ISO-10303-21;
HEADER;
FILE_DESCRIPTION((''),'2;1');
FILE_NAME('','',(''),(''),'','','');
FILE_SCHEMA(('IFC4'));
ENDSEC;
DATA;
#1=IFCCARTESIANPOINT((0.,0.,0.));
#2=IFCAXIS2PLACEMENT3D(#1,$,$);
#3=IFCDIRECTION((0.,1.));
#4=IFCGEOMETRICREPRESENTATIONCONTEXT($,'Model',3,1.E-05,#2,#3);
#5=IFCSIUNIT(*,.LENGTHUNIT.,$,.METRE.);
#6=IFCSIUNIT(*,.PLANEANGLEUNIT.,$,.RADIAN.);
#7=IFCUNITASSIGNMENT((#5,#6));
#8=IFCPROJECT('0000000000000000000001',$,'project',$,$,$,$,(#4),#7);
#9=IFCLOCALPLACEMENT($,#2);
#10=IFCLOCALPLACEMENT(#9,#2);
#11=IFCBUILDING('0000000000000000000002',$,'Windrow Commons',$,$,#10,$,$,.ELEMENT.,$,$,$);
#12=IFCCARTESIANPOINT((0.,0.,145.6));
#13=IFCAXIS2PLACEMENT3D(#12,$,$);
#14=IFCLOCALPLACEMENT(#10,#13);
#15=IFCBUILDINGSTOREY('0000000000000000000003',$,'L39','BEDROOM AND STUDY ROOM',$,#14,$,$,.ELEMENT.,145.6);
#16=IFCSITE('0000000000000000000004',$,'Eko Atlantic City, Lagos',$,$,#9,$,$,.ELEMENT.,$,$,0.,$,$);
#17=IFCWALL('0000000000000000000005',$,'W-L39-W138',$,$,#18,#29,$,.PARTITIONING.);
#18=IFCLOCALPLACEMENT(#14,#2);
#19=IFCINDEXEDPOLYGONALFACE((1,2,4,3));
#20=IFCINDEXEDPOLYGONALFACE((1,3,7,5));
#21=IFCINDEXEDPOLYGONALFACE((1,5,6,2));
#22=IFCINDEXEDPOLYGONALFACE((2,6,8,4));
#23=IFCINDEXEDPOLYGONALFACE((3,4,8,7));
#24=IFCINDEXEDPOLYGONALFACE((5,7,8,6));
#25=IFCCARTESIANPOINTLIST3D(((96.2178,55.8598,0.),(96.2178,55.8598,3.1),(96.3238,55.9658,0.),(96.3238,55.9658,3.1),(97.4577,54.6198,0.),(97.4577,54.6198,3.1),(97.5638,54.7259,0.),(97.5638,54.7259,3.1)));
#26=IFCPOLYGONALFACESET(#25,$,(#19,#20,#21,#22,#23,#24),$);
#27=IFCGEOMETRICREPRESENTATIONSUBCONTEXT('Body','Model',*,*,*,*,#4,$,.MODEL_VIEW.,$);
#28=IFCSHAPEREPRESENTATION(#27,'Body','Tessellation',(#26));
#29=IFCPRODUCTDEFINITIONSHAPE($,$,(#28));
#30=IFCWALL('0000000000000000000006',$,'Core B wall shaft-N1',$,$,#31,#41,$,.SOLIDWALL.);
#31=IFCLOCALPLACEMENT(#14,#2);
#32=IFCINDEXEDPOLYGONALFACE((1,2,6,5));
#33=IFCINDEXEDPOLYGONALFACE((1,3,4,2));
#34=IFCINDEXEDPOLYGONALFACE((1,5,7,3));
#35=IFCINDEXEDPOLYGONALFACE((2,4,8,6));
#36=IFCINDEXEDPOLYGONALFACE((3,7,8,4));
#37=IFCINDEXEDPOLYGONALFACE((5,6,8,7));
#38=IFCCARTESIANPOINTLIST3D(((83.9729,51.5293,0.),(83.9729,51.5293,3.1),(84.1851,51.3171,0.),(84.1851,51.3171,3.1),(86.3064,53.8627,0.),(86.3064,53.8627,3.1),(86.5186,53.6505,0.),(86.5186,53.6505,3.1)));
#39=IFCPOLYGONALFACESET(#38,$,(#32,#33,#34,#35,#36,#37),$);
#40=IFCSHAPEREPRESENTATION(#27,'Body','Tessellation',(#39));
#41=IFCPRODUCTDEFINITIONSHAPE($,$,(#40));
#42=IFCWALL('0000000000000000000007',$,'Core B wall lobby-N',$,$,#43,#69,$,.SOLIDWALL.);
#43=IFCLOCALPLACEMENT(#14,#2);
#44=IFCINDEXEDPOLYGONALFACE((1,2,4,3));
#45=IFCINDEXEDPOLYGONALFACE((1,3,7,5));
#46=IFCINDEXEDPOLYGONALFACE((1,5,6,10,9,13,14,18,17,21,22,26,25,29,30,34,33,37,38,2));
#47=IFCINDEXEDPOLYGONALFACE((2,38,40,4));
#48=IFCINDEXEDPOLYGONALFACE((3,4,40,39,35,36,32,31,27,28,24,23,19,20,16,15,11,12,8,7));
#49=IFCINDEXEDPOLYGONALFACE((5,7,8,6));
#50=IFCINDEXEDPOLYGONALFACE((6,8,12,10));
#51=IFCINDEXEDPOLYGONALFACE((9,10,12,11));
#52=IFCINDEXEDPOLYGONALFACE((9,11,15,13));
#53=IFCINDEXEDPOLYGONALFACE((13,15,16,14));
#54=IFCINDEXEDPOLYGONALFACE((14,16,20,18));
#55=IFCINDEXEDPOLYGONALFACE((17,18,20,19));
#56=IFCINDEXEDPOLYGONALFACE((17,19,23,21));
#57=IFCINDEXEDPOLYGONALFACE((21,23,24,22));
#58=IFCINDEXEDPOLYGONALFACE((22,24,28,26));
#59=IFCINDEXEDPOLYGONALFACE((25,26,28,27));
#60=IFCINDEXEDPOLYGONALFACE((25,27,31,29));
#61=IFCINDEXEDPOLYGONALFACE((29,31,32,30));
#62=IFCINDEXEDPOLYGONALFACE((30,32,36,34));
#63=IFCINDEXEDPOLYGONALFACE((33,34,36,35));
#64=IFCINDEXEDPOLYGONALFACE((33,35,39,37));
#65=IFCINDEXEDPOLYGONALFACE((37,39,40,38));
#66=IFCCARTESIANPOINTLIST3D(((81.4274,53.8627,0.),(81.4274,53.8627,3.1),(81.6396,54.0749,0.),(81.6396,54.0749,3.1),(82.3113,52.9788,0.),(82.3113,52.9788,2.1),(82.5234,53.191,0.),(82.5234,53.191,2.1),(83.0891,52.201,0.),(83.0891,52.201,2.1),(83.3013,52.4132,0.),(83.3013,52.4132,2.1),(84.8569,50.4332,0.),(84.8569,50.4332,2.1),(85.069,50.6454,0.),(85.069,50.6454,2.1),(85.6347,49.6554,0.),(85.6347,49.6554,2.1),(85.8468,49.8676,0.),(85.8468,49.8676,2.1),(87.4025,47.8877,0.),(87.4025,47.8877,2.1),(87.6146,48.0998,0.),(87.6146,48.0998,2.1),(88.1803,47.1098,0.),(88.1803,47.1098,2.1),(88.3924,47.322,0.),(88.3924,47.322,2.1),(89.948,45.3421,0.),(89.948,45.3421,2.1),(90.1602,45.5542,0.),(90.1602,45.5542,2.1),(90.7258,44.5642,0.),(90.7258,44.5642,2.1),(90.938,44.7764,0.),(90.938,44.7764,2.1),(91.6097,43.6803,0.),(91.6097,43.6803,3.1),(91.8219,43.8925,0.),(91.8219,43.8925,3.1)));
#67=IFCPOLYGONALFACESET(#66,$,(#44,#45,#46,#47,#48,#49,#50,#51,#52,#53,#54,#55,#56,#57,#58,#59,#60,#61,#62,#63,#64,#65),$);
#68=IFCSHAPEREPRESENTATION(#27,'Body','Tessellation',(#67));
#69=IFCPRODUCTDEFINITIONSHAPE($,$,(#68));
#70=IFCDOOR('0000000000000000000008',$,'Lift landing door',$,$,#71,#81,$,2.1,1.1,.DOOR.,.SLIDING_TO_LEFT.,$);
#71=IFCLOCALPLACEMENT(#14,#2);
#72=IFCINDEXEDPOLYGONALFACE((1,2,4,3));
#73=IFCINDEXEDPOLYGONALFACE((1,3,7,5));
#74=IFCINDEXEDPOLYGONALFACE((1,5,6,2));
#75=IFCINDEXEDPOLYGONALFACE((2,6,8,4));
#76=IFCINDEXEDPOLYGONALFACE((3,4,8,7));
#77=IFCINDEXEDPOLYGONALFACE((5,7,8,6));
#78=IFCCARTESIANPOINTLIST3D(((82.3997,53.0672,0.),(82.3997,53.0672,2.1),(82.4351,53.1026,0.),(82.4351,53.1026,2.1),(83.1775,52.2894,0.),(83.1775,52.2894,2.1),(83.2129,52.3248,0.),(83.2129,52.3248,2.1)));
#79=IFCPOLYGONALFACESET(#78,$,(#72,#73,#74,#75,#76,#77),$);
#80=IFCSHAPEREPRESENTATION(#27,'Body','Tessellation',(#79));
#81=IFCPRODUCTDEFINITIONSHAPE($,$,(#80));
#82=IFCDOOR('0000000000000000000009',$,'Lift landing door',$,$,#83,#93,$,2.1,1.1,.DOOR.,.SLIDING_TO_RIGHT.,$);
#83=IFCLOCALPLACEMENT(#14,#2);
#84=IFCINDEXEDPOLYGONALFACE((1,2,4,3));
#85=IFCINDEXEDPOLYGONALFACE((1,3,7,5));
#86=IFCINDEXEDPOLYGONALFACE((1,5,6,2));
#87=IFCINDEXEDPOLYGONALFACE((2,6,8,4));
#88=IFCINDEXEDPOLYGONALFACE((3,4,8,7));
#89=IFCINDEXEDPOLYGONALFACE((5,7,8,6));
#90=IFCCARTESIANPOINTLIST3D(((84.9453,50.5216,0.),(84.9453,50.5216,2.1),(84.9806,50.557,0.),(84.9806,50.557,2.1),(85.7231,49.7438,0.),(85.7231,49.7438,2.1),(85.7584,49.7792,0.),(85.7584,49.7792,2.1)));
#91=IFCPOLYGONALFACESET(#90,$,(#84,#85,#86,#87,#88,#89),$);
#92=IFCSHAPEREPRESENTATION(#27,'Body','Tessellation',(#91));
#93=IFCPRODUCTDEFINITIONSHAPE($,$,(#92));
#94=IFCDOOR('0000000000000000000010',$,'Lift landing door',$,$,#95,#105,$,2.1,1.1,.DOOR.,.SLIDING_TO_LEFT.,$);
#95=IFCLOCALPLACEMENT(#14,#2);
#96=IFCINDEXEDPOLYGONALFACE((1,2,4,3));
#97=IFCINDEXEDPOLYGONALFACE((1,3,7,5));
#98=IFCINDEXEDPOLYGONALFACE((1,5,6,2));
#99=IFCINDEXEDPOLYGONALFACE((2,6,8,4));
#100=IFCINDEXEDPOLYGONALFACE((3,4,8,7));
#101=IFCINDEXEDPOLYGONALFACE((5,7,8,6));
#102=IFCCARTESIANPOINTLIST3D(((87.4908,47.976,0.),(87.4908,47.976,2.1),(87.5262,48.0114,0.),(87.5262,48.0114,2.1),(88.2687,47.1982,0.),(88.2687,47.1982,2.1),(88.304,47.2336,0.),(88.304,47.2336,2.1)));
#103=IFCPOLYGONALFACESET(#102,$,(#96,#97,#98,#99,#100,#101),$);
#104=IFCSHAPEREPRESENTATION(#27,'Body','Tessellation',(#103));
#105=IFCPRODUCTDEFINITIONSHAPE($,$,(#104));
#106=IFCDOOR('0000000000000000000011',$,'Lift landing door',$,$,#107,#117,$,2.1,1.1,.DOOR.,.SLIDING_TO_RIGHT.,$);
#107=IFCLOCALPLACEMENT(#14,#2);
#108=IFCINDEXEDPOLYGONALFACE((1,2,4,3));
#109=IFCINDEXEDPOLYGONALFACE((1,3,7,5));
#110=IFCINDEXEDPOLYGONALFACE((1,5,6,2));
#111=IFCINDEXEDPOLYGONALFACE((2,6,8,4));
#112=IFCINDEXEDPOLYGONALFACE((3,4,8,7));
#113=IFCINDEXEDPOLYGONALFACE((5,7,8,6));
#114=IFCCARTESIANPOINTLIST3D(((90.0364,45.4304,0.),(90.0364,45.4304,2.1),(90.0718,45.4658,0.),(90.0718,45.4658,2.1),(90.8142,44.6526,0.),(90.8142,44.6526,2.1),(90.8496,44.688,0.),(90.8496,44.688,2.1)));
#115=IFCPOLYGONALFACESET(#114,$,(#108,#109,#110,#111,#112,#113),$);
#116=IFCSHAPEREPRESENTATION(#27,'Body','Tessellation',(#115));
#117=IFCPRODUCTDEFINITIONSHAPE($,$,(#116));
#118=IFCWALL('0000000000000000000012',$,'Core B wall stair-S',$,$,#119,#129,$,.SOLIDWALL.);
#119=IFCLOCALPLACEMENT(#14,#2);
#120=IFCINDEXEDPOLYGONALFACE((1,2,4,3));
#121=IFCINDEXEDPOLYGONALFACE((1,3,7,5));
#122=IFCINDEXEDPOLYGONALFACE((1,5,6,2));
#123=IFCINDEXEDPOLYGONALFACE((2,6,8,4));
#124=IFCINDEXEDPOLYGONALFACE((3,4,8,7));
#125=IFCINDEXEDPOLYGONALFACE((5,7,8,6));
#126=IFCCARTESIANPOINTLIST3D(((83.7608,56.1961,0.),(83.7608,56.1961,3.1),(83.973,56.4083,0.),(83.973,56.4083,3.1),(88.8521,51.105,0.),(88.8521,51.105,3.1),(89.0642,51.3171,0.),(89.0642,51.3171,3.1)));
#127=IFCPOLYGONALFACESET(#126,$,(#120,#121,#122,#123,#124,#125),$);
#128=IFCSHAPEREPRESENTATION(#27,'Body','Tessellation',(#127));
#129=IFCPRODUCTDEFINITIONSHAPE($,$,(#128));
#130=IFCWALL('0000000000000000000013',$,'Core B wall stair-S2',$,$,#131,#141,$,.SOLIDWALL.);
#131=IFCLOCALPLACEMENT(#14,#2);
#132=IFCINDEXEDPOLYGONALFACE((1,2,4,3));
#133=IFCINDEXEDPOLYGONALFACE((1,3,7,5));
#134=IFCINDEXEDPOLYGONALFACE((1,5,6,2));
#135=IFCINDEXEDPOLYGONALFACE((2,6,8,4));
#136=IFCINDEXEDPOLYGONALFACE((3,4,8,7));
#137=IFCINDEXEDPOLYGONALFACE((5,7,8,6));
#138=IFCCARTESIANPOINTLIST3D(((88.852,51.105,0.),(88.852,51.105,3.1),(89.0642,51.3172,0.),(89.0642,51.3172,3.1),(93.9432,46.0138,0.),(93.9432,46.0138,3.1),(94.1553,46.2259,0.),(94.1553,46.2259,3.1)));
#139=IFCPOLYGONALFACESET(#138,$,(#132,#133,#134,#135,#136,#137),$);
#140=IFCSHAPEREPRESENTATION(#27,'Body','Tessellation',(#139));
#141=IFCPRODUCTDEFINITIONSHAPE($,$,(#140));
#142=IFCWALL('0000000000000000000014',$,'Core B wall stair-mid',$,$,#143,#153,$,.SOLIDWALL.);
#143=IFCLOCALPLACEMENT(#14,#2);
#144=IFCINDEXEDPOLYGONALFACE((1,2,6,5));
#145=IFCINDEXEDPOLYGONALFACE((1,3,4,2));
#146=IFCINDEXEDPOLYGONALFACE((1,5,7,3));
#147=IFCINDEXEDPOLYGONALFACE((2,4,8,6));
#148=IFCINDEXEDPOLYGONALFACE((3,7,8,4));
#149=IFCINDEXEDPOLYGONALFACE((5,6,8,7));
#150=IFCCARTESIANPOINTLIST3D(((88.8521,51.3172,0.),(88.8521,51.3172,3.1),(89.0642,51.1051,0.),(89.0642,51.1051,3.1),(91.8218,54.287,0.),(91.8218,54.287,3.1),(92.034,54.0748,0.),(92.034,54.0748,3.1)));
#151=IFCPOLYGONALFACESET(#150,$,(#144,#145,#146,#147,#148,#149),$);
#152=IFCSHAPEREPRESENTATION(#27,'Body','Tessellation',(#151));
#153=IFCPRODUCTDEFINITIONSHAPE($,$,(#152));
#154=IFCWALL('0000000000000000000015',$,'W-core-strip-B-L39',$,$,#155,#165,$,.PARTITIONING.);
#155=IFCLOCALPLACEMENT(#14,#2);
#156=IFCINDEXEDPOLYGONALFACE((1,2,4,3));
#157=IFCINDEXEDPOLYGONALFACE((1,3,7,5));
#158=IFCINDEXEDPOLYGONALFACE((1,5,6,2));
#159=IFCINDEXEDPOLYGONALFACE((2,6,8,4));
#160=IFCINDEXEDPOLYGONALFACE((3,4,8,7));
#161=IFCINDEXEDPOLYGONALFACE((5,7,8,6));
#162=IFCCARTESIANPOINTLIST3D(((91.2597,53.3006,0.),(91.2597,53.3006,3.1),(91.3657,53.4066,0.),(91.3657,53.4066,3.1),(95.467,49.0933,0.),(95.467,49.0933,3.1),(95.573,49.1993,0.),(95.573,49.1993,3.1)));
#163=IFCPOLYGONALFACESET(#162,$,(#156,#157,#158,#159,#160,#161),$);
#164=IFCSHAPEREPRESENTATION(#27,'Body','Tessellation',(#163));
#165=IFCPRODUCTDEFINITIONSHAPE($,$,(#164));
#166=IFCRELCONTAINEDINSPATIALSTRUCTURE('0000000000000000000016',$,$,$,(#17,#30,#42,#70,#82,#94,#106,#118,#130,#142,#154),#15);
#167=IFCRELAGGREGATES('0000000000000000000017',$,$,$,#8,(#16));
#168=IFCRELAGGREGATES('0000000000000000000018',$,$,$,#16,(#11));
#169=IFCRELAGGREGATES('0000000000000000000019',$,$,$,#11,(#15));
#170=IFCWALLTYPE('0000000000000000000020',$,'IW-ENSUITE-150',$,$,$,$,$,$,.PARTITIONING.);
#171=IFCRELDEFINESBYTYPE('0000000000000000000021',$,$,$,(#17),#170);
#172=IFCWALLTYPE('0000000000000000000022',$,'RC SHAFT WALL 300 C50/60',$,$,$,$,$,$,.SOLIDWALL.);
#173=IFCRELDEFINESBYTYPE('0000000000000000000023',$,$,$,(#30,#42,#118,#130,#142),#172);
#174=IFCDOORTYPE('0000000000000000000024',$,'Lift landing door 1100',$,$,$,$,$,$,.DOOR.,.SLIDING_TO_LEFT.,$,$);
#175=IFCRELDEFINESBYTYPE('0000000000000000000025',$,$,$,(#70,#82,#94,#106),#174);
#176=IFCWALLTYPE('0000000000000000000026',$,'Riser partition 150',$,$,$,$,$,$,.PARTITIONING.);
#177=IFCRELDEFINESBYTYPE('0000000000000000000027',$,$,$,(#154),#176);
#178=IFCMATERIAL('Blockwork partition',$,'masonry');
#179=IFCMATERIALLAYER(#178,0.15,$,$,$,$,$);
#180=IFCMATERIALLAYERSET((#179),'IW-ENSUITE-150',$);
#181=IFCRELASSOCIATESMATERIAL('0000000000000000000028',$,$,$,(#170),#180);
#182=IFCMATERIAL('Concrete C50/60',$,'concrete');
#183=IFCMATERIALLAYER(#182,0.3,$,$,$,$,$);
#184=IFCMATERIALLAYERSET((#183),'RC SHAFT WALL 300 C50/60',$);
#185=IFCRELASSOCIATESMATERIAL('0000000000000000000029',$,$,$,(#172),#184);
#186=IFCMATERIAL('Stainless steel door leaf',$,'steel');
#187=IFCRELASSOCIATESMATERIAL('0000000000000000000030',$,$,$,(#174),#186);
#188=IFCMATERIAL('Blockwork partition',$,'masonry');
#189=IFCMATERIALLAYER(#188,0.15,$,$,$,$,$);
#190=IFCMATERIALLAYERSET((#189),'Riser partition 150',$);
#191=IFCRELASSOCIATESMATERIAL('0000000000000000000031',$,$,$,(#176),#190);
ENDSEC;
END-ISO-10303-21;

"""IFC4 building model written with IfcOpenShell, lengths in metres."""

from ifc_helpers import new_model, si_unit, direction, frame, frame_2d, origin, place, context, subcontext, project, spatial, rectangle, extrude, material, layer, layer_set, type_object, element, fill, save


model = new_model("IFC4")

# Units and contexts
model_context = context("Model", 3, precision=1e-05, world=origin(), true_north=direction((0.0, 1.0)))
body_context = subcontext(model_context, "Body", "Model", "MODEL_VIEW")
ifc_project = project(units=[si_unit("LENGTHUNIT", "METRE"), si_unit("PLANEANGLEUNIT", "RADIAN")], contexts=[model_context])

# Site, building, storey
site_placement = place(None, origin())
site = spatial("IfcSite", under=ifc_project, at=site_placement, Name="Eko Atlantic City, Lagos", CompositionType="ELEMENT", RefElevation=0.0)
building_placement = place(site_placement, origin())
building = spatial("IfcBuilding", under=site, at=building_placement, Name="Windrow Commons", CompositionType="ELEMENT")
storey_placement = place(building_placement, frame((0.0, 0.0, 145.6)))
storey = spatial("IfcBuildingStorey", under=building, at=storey_placement, Name="L39", Description="BEDROOM AND STUDY ROOM", CompositionType="ELEMENT", Elevation=145.6)

# Shared definitions
ifc_material_1 = material(Name="Blockwork partition", Category="masonry")
ifc_layer_1 = layer(ifc_material_1, 0.15)
ifc_layer_set_1 = layer_set([ifc_layer_1], Name="IW-ENSUITE-150")
wall_type_1 = type_object("IfcWallType", Name="IW-ENSUITE-150", PredefinedType="PARTITIONING", material=ifc_layer_set_1)

# Walls
wall_1_placement = place(storey_placement, frame((96.2708, 55.9128, 0.0), z_axis=(0.0, 0.0, 1.0), x_axis=(0.707107, -0.707107, 0.0)))
element("IfcWall", 1, at=wall_1_placement, inside=storey, type_object=wall_type_1, Name="W-L39-W138", PredefinedType="PARTITIONING", context=body_context, shape_type="SweptSolid", body=[
    extrude(rectangle(XDim=1.7536, YDim=0.15, at=frame_2d((0.8768, 0.0))), origin(), (0.0, 0.0, 1.0), 3.1),
])
ifc_material_2 = material(Name="Concrete C50/60", Category="concrete")
ifc_layer_2 = layer(ifc_material_2, 0.3)
ifc_layer_set_2 = layer_set([ifc_layer_2], Name="RC SHAFT WALL 300 C50/60")
wall_type_2 = type_object("IfcWallType", Name="RC SHAFT WALL 300 C50/60", PredefinedType="SOLIDWALL", material=ifc_layer_set_2)
wall_2_placement = place(storey_placement, frame((84.079, 51.4232, 0.0), z_axis=(0.0, 0.0, 1.0), x_axis=(0.707122, 0.707092, 0.0)))
element("IfcWall", 2, at=wall_2_placement, inside=storey, type_object=wall_type_2, Name="Core B wall shaft-N1", PredefinedType="SOLIDWALL", context=body_context, shape_type="SweptSolid", body=[
    extrude(rectangle(XDim=3.3, YDim=0.3, at=frame_2d((1.65, 0.0))), origin(), (0.0, 0.0, 1.0), 3.1),
])

# Wall, openings, doors
wall_3_placement = place(storey_placement, frame((81.5335, 53.9688, 0.0), z_axis=(0.0, 0.0, 1.0), x_axis=(0.707103, -0.70711, 0.0)))
wall_3 = element("IfcWall", 3, at=wall_3_placement, inside=storey, type_object=wall_type_2, Name="Core B wall lobby-N", PredefinedType="SOLIDWALL", context=body_context, shape_type="SweptSolid", body=[
    extrude(rectangle(XDim=14.4, YDim=0.3, at=frame_2d((7.2, 0.0))), origin(), (0.0, 0.0, 1.0), 3.1),
])
opening_1_placement = place(wall_3_placement, frame((1.25, 0.0, 0.0)))
opening_1 = element("IfcOpeningElement", 4, at=opening_1_placement, cuts=wall_3, PredefinedType="OPENING", context=body_context, shape_type="SweptSolid", body=[
    extrude(rectangle(XDim=1.1, YDim=2.1, at=frame_2d((0.55, 1.05))), frame((0.0, 0.16, 0.0), z_axis=(0.0, -1.0, 0.0), x_axis=(1.0, 0.0, 0.0)), (0.0, 0.0, 1.0), 0.32),
])
opening_2_placement = place(wall_3_placement, frame((4.85, 0.0, 0.0)))
opening_2 = element("IfcOpeningElement", 5, at=opening_2_placement, cuts=wall_3, PredefinedType="OPENING", context=body_context, shape_type="SweptSolid", body=[
    extrude(rectangle(XDim=1.1, YDim=2.1, at=frame_2d((0.55, 1.05))), frame((0.0, 0.16, 0.0), z_axis=(0.0, -1.0, 0.0), x_axis=(1.0, 0.0, 0.0)), (0.0, 0.0, 1.0), 0.32),
])
opening_3_placement = place(wall_3_placement, frame((8.45, 0.0, 0.0)))
opening_3 = element("IfcOpeningElement", 6, at=opening_3_placement, cuts=wall_3, PredefinedType="OPENING", context=body_context, shape_type="SweptSolid", body=[
    extrude(rectangle(XDim=1.1, YDim=2.1, at=frame_2d((0.55, 1.05))), frame((0.0, 0.16, 0.0), z_axis=(0.0, -1.0, 0.0), x_axis=(1.0, 0.0, 0.0)), (0.0, 0.0, 1.0), 0.32),
])
opening_4_placement = place(wall_3_placement, frame((12.05, 0.0, 0.0)))
opening_4 = element("IfcOpeningElement", 7, at=opening_4_placement, cuts=wall_3, PredefinedType="OPENING", context=body_context, shape_type="SweptSolid", body=[
    extrude(rectangle(XDim=1.1, YDim=2.1, at=frame_2d((0.55, 1.05))), frame((0.0, 0.16, 0.0), z_axis=(0.0, -1.0, 0.0), x_axis=(1.0, 0.0, 0.0)), (0.0, 0.0, 1.0), 0.32),
])
ifc_material_3 = material(Name="Stainless steel door leaf", Category="steel")
door_type_1 = type_object("IfcDoorType", Name="Lift landing door 1100", OperationType="SLIDING_TO_LEFT", PredefinedType="DOOR", material=ifc_material_3)
door_1_placement = place(opening_1_placement, origin())
door_1 = element("IfcDoor", 8, at=door_1_placement, inside=storey, type_object=door_type_1, Name="Lift landing door", OperationType="SLIDING_TO_LEFT", OverallHeight=2.1, OverallWidth=1.1, PredefinedType="DOOR", context=body_context, shape_type="SweptSolid", body=[
    extrude(rectangle(XDim=1.1, YDim=2.1, at=frame_2d((0.55, 1.05))), frame((0.0, 0.025, 0.0), z_axis=(0.0, -1.0, 0.0), x_axis=(1.0, 0.0, 0.0)), (0.0, 0.0, 1.0), 0.05),
])
fill(opening_1, door_1)
door_2_placement = place(opening_2_placement, origin())
door_2 = element("IfcDoor", 9, at=door_2_placement, inside=storey, type_object=door_type_1, Name="Lift landing door", OperationType="SLIDING_TO_RIGHT", OverallHeight=2.1, OverallWidth=1.1, PredefinedType="DOOR", context=body_context, shape_type="SweptSolid", body=[
    extrude(rectangle(XDim=1.1, YDim=2.1, at=frame_2d((0.55, 1.05))), frame((0.0, 0.025, 0.0), z_axis=(0.0, -1.0, 0.0), x_axis=(1.0, 0.0, 0.0)), (0.0, 0.0, 1.0), 0.05),
])
fill(opening_2, door_2)
door_3_placement = place(opening_3_placement, origin())
door_3 = element("IfcDoor", 10, at=door_3_placement, inside=storey, type_object=door_type_1, Name="Lift landing door", OperationType="SLIDING_TO_LEFT", OverallHeight=2.1, OverallWidth=1.1, PredefinedType="DOOR", context=body_context, shape_type="SweptSolid", body=[
    extrude(rectangle(XDim=1.1, YDim=2.1, at=frame_2d((0.55, 1.05))), frame((0.0, 0.025, 0.0), z_axis=(0.0, -1.0, 0.0), x_axis=(1.0, 0.0, 0.0)), (0.0, 0.0, 1.0), 0.05),
])
fill(opening_3, door_3)
door_4_placement = place(opening_4_placement, origin())
door_4 = element("IfcDoor", 11, at=door_4_placement, inside=storey, type_object=door_type_1, Name="Lift landing door", OperationType="SLIDING_TO_RIGHT", OverallHeight=2.1, OverallWidth=1.1, PredefinedType="DOOR", context=body_context, shape_type="SweptSolid", body=[
    extrude(rectangle(XDim=1.1, YDim=2.1, at=frame_2d((0.55, 1.05))), frame((0.0, 0.025, 0.0), z_axis=(0.0, -1.0, 0.0), x_axis=(1.0, 0.0, 0.0)), (0.0, 0.0, 1.0), 0.05),
])
fill(opening_4, door_4)

# Walls
for number, where, z_axis, x_axis, name in (
    (12, (83.8669, 56.3022, 0.0), (0.0, 0.0, 1.0), (0.707114, -0.7071, 0.0), "Core B wall stair-S"),
    (13, (88.9581, 51.2111, 0.0), (0.0, 0.0, 1.0), (0.7071, -0.707114, 0.0), "Core B wall stair-S2"),
):
    element("IfcWall", number, at=place(storey_placement, frame(where, z_axis=z_axis, x_axis=x_axis)), inside=storey, type_object=wall_type_2, Name=name, PredefinedType="SOLIDWALL", context=body_context, shape_type="SweptSolid", body=[
        extrude(rectangle(XDim=7.2, YDim=0.3, at=frame_2d((3.6, 0.0))), origin(), (0.0, 0.0, 1.0), 3.1),
    ])
wall_4_placement = place(storey_placement, frame((88.9581, 51.2111, 0.0), z_axis=(0.0, 0.0, 1.0), x_axis=(0.707107, 0.707107, 0.0)))
element("IfcWall", 14, at=wall_4_placement, inside=storey, type_object=wall_type_2, Name="Core B wall stair-mid", PredefinedType="SOLIDWALL", context=body_context, shape_type="SweptSolid", body=[
    extrude(rectangle(XDim=4.1999, YDim=0.3, at=frame_2d((2.1, 0.0))), origin(), (0.0, 0.0, 1.0), 3.1),
])
ifc_material_4 = material(Name="Blockwork partition", Category="masonry")
ifc_layer_3 = layer(ifc_material_4, 0.15)
ifc_layer_set_3 = layer_set([ifc_layer_3], Name="Riser partition 150")
wall_type_3 = type_object("IfcWallType", Name="Riser partition 150", PredefinedType="PARTITIONING", material=ifc_layer_set_3)
wall_5_placement = place(storey_placement, frame((91.3127, 53.3536, 0.0), z_axis=(0.0, 0.0, 1.0), x_axis=(0.707107, -0.707107, 0.0)))
element("IfcWall", 15, at=wall_5_placement, inside=storey, type_object=wall_type_3, Name="W-core-strip-B-L39", PredefinedType="PARTITIONING", context=body_context, shape_type="SweptSolid", body=[
    extrude(rectangle(XDim=5.95, YDim=0.15, at=frame_2d((2.975, 0.0))), origin(), (0.0, 0.0, 1.0), 3.1),
])

save(model, "model.ifc")
